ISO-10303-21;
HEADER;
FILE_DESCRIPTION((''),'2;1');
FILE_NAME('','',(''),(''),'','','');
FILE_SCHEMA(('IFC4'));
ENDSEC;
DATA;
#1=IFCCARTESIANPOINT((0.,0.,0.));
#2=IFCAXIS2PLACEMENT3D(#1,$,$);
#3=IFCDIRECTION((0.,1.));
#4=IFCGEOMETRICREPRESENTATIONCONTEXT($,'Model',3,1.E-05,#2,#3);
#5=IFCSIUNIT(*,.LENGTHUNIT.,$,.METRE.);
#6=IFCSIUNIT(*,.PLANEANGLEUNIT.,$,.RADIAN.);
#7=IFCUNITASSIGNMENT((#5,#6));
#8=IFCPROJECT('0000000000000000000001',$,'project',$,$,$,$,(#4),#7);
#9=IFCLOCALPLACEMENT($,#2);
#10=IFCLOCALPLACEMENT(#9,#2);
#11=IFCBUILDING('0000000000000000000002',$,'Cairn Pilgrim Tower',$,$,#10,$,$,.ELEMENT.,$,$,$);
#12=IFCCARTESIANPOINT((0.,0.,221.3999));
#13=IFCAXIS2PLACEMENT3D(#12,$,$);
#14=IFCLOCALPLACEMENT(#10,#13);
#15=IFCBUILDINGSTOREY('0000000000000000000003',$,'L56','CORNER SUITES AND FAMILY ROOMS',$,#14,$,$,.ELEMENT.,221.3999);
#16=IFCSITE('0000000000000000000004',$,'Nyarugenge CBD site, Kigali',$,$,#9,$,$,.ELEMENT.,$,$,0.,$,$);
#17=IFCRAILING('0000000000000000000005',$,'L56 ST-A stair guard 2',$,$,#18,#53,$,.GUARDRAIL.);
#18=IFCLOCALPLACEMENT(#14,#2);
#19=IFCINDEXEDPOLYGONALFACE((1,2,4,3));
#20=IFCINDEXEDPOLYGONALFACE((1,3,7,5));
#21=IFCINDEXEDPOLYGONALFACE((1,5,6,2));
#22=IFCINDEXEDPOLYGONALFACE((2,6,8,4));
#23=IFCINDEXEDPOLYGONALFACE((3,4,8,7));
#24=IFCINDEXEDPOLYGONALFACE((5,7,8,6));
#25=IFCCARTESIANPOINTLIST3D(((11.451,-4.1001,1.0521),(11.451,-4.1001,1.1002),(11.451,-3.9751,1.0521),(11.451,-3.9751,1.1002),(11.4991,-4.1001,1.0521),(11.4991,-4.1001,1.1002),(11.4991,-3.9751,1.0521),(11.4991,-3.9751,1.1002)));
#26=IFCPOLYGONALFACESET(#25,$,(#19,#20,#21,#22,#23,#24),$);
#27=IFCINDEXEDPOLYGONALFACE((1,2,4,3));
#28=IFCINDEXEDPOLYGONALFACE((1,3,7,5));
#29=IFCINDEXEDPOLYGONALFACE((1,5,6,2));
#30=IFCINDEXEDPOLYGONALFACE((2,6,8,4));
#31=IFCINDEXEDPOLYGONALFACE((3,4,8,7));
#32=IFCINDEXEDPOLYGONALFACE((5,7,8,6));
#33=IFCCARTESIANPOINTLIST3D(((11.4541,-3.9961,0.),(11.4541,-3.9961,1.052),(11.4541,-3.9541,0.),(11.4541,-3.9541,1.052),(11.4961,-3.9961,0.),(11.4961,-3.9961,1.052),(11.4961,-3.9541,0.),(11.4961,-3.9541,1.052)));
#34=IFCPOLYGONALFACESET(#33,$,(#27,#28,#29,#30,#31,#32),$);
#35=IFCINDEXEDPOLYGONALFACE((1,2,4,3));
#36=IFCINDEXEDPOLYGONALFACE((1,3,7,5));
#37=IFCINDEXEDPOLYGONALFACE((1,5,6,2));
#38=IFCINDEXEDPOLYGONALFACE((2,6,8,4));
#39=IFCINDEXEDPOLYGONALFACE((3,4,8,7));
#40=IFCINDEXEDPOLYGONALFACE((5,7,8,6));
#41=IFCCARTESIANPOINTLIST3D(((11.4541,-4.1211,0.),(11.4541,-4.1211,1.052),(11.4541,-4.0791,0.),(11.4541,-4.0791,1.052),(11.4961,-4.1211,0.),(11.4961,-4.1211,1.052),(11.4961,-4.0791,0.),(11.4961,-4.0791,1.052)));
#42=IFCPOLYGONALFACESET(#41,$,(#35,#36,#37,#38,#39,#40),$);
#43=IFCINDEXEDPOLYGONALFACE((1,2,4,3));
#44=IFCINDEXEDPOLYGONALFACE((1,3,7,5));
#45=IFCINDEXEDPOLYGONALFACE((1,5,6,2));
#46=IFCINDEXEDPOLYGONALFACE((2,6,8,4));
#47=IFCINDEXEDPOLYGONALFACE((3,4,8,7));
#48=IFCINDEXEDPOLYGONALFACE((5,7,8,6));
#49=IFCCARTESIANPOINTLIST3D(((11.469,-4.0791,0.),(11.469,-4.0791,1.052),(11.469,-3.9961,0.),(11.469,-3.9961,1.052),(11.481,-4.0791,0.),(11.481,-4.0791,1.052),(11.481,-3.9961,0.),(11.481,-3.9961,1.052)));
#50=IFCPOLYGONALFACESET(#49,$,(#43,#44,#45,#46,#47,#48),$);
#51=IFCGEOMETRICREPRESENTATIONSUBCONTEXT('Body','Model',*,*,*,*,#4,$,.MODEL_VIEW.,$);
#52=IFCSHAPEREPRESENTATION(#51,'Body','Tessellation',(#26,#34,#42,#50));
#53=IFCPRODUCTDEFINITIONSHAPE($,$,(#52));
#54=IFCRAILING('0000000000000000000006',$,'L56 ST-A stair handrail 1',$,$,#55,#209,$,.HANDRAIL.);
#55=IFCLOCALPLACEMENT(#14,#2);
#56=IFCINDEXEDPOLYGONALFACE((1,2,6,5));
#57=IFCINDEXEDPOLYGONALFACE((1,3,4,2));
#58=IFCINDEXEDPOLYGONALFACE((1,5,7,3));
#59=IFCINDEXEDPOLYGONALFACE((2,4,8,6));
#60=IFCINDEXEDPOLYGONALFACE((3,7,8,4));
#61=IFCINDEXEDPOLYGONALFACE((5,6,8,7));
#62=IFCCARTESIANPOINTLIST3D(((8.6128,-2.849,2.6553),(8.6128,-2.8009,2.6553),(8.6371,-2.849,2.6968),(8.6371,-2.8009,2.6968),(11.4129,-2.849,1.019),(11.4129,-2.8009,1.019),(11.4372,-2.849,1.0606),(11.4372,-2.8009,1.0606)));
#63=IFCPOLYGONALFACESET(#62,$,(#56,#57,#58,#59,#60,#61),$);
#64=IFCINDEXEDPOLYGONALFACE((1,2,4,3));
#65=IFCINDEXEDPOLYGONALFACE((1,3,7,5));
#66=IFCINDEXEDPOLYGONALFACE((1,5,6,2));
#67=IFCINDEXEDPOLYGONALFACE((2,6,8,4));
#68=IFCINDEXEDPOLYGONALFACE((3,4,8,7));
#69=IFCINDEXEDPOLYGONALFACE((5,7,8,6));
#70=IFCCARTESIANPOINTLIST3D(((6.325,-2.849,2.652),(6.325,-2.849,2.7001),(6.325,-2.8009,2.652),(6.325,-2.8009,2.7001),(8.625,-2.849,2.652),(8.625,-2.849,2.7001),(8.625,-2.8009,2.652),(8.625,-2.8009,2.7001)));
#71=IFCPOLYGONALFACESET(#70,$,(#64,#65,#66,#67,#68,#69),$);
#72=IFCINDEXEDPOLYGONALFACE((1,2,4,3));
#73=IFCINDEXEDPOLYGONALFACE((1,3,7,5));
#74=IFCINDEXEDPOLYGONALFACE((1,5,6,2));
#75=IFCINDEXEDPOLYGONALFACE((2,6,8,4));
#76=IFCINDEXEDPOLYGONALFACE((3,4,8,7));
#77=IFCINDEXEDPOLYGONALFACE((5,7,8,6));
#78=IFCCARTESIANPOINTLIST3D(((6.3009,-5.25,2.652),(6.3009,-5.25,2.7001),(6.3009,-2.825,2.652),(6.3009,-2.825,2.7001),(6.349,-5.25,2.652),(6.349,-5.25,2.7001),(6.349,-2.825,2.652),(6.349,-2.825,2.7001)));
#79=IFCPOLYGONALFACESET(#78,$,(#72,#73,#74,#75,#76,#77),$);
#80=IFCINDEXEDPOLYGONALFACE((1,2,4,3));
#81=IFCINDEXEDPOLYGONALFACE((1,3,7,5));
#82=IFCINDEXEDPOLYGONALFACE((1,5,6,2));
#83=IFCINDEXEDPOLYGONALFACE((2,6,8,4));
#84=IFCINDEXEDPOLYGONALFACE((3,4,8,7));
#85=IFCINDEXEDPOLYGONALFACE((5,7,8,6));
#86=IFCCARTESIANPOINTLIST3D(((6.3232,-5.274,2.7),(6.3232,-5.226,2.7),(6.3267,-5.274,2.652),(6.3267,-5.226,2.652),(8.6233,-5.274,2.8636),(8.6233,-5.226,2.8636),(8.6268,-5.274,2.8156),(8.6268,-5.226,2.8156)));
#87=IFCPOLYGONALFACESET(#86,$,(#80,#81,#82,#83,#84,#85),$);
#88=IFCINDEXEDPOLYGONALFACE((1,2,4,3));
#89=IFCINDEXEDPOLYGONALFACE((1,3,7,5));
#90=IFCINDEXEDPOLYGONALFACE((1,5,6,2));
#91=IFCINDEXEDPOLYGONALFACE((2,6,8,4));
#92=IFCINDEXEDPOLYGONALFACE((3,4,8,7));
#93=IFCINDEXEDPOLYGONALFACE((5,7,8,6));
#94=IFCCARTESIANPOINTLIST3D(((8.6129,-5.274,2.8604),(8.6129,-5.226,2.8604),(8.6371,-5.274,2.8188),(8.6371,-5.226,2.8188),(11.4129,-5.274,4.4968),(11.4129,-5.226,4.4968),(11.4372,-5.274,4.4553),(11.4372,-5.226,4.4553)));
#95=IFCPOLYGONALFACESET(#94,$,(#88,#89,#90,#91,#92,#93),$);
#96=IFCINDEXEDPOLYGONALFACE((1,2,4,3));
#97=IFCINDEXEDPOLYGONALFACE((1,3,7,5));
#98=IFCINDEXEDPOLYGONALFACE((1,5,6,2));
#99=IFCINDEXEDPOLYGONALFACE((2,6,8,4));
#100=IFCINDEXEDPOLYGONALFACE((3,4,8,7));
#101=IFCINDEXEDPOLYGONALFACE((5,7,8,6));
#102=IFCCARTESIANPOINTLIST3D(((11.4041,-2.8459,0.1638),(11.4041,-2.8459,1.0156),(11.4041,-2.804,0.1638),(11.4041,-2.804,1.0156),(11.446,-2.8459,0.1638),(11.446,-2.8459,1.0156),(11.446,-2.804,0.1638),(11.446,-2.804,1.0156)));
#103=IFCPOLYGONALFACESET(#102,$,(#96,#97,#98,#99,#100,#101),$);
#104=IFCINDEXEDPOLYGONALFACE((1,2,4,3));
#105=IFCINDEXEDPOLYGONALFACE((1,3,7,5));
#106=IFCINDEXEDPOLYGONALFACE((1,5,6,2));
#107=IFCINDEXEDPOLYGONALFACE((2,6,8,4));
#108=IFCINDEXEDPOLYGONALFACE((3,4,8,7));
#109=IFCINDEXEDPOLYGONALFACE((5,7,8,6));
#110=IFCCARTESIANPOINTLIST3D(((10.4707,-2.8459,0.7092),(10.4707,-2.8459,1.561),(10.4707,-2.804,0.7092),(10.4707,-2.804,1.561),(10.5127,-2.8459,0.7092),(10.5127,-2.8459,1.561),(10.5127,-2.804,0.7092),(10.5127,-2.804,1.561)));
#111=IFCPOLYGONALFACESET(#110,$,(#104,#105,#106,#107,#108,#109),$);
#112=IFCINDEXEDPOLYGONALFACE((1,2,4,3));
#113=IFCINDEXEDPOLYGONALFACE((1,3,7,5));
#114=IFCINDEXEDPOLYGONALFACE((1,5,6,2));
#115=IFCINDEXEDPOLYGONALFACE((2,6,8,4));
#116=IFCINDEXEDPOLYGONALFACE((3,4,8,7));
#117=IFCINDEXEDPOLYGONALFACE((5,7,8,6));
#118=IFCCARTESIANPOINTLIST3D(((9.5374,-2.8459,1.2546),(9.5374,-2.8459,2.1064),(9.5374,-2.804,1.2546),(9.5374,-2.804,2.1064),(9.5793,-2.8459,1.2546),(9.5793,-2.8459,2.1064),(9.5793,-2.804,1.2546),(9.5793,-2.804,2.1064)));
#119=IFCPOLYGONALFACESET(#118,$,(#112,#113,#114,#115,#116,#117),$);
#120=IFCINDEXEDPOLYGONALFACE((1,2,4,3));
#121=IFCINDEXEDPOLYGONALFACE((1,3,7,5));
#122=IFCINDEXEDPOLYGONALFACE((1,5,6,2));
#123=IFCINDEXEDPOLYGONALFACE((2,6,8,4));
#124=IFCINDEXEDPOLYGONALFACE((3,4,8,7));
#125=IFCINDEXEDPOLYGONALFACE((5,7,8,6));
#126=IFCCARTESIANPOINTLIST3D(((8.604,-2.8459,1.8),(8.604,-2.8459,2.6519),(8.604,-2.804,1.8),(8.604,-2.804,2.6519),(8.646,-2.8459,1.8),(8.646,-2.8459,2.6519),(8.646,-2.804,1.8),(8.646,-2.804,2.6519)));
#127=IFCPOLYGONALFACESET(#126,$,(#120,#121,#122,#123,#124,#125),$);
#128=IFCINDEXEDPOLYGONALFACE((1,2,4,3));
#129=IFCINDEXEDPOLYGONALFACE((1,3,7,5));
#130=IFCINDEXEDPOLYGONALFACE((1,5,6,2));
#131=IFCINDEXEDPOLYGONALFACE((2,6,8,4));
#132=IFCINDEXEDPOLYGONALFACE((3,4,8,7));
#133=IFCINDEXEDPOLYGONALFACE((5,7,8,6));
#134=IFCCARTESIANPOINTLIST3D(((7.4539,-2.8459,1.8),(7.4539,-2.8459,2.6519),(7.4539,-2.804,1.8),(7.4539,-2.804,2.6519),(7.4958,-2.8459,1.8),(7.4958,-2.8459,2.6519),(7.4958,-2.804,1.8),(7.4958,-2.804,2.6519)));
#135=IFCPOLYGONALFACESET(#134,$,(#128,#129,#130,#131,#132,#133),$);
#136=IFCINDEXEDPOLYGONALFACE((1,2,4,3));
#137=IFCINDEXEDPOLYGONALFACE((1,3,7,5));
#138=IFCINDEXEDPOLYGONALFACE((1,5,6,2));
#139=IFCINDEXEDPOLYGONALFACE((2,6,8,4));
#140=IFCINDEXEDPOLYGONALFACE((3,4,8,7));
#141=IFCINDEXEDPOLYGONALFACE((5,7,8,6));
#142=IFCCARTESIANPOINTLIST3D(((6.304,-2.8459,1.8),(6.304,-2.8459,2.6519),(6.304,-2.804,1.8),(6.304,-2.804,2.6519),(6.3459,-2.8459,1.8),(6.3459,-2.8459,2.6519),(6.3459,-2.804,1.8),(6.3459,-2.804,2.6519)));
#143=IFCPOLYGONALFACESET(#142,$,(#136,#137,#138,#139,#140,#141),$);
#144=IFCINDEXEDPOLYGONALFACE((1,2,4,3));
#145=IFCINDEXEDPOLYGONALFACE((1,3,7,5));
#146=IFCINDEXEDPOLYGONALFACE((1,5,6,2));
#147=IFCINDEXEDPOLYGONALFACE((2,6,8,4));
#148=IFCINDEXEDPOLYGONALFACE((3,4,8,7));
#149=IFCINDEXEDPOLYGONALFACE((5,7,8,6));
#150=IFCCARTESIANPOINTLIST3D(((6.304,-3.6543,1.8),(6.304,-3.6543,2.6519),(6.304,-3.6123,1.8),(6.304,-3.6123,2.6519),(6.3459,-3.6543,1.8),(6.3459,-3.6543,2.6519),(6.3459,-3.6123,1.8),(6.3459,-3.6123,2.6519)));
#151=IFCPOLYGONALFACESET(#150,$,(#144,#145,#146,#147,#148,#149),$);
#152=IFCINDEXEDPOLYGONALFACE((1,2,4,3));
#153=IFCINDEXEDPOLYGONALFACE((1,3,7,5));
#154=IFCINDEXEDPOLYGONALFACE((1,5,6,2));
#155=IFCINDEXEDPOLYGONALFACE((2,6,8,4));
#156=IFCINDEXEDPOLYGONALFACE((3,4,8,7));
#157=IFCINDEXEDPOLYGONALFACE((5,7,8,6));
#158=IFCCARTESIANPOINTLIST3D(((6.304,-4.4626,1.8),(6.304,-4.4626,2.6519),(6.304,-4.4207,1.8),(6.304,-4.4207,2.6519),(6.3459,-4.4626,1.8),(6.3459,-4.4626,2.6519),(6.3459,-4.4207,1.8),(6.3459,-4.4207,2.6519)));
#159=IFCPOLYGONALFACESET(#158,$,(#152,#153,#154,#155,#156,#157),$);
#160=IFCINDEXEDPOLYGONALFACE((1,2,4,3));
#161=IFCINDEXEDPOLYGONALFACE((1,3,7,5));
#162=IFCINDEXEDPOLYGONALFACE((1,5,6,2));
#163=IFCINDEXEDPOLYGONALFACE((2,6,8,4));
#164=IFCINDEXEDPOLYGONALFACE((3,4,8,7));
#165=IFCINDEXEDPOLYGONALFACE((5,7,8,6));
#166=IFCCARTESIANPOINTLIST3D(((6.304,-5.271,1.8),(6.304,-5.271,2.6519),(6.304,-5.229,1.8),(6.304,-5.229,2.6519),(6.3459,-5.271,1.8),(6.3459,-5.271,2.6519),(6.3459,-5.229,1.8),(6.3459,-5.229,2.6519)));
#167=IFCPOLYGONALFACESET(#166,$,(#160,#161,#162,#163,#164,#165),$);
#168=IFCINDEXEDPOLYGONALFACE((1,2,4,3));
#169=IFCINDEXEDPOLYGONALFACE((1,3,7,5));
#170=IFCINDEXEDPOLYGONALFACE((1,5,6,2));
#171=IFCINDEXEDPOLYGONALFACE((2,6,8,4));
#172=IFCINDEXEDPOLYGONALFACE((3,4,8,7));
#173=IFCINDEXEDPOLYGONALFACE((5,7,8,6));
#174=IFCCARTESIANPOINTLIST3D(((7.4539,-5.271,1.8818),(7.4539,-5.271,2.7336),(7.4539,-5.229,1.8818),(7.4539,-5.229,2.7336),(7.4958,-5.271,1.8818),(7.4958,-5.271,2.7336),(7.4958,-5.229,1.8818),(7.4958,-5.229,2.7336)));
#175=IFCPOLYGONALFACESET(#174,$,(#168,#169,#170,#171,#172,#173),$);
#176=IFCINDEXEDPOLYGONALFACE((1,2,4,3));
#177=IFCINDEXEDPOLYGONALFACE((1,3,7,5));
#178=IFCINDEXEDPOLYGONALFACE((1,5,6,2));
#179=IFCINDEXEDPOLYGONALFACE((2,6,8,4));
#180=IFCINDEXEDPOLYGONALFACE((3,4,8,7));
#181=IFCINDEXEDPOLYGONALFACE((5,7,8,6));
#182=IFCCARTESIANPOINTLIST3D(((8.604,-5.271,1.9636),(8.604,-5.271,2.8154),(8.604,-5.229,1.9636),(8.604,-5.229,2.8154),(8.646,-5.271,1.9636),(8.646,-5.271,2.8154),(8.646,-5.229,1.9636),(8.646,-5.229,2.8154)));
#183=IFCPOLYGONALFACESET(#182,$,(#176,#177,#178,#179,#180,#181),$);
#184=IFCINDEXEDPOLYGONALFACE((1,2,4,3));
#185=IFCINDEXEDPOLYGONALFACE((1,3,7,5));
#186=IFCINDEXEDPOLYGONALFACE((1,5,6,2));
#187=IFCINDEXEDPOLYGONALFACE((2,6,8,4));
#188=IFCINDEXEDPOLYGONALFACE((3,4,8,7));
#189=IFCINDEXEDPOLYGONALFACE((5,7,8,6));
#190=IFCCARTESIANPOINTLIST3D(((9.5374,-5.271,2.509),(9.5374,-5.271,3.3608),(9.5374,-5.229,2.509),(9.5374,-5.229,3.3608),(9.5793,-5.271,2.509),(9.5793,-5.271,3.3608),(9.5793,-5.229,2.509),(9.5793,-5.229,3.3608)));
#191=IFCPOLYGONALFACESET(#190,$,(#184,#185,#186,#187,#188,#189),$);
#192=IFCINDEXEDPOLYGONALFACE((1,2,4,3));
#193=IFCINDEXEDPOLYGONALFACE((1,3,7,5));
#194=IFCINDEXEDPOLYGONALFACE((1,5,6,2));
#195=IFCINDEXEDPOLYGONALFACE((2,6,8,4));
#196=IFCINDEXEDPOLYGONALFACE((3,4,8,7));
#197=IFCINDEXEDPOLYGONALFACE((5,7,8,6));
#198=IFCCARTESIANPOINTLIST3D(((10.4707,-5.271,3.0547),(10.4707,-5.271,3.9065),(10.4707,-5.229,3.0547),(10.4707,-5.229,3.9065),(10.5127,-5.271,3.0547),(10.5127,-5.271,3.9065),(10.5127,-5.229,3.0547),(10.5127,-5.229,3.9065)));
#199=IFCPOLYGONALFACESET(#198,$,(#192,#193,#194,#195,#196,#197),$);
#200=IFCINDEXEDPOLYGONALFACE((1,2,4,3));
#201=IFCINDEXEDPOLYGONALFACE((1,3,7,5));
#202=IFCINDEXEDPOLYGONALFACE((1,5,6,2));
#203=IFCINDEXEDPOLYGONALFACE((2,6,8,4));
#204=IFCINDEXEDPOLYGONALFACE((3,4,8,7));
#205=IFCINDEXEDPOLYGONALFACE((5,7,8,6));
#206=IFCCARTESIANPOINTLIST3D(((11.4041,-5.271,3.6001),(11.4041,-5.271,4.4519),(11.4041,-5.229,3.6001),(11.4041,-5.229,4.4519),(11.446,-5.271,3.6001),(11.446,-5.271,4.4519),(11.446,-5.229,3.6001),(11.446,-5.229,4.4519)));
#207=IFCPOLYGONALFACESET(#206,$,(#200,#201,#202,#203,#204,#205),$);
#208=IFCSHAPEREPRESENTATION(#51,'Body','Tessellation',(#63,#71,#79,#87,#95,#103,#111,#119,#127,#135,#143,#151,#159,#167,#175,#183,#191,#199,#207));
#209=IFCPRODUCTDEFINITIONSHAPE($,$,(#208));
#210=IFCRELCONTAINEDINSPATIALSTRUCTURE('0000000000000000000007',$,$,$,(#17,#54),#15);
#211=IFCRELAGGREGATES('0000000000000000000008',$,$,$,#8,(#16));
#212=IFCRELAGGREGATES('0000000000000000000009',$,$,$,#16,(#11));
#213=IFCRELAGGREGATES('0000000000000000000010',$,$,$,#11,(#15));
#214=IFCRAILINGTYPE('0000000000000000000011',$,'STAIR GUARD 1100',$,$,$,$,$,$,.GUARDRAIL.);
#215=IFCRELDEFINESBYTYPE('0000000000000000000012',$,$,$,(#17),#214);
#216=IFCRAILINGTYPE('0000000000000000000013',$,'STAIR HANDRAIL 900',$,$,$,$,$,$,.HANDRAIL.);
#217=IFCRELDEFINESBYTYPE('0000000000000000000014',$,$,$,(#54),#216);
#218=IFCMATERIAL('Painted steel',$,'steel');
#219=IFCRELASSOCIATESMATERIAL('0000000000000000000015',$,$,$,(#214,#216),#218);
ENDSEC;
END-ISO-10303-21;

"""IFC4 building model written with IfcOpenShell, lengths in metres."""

from ifc_helpers import new_model, si_unit, direction, frame, origin, origin_2d, place, context, subcontext, project, spatial, polyline, rectangle, outline, extrude, material, type_object, element, save


model = new_model("IFC4")

# Units and contexts
model_context = context("Model", 3, precision=1e-05, world=origin(), true_north=direction((0.0, 1.0)))
body_context = subcontext(model_context, "Body", "Model", "MODEL_VIEW")
ifc_project = project(units=[si_unit("LENGTHUNIT", "METRE"), si_unit("PLANEANGLEUNIT", "RADIAN")], contexts=[model_context])

# Site, building, storey
site_placement = place(None, origin())
site = spatial("IfcSite", under=ifc_project, at=site_placement, Name="Nyarugenge CBD site, Kigali", CompositionType="ELEMENT", RefElevation=0.0)
building_placement = place(site_placement, origin())
building = spatial("IfcBuilding", under=site, at=building_placement, Name="Cairn Pilgrim Tower", CompositionType="ELEMENT")
storey_placement = place(building_placement, frame((0.0, 0.0, 221.3999)))
storey = spatial("IfcBuildingStorey", under=building, at=storey_placement, Name="L56", Description="CORNER SUITES AND FAMILY ROOMS", CompositionType="ELEMENT", Elevation=221.3999)

# Shared definitions
ifc_material_1 = material(Name="Painted steel", Category="steel")

# Railings
railing_type_1 = type_object("IfcRailingType", Name="STAIR GUARD 1100", PredefinedType="GUARDRAIL", material=ifc_material_1)
railing_1_placement = place(storey_placement, frame((11.4751, -3.9751, 0.0)))
element("IfcRailing", 1, at=railing_1_placement, inside=storey, type_object=railing_type_1, Name="L56 ST-A stair guard 2", PredefinedType="GUARDRAIL", context=body_context, shape_type="SweptSolid", body=[
    extrude(rectangle(XDim=0.0481, YDim=0.0481, at=origin_2d()), frame((0.0, 0.0, 1.0762), z_axis=(0.0, -1.0, 0.0), x_axis=(1.0, 0.0, 0.0)), (0.0, 0.0, 1.0), 0.125),
    extrude(rectangle(XDim=0.042, YDim=0.042, at=origin_2d()), origin(), (0.0, 0.0, 1.0), 1.052),
    extrude(rectangle(XDim=0.042, YDim=0.042, at=origin_2d()), frame((0.0, -0.125, 0.0)), (0.0, 0.0, 1.0), 1.052),
    extrude(outline(polyline([(0.021, 0.0), (0.104, 0.0), (0.104, 1.052), (0.021, 1.052), (0.021, 0.0)])), frame((0.0059, 0.0, 0.0), z_axis=(-1.0, 0.0, 0.0), x_axis=(0.0, -1.0, 0.0)), (0.0, 0.0, 1.0), 0.012),
])
railing_type_2 = type_object("IfcRailingType", Name="STAIR HANDRAIL 900", PredefinedType="HANDRAIL", material=ifc_material_1)
railing_2_placement = place(storey_placement, frame((11.425, -2.825, 0.1638)))
element("IfcRailing", 2, at=railing_2_placement, inside=storey, type_object=railing_type_2, Name="L56 ST-A stair handrail 1", PredefinedType="HANDRAIL", context=body_context, shape_type="SweptSolid", body=[
    extrude(rectangle(XDim=0.0481, YDim=0.0481, at=origin_2d()), frame((0.0, 0.0, 0.876), z_axis=(-0.863394, 0.0, 0.504531), x_axis=(0.0, -1.0, 0.0)), (0.0, 0.0, 1.0), 3.2432),
    extrude(rectangle(XDim=0.0481, YDim=0.0481, at=origin_2d()), frame((-2.8, 0.0, 2.5122), z_axis=(-1.0, 0.0, 0.0), x_axis=(0.0, -1.0, 0.0)), (0.0, 0.0, 1.0), 2.3),
    extrude(rectangle(XDim=0.0481, YDim=0.0481, at=origin_2d()), frame((-5.1001, 0.0, 2.5122), z_axis=(0.0, -1.0, 0.0), x_axis=(1.0, 0.0, 0.0)), (0.0, 0.0, 1.0), 2.425),
    extrude(rectangle(XDim=0.0481, YDim=0.0481, at=origin_2d()), frame((-5.1001, -2.425, 2.5122), z_axis=(0.997481, 0.0, 0.070939), x_axis=(0.0, 1.0, 0.0)), (0.0, 0.0, 1.0), 2.3059),
    extrude(rectangle(XDim=0.0481, YDim=0.0481, at=origin_2d()), frame((-2.8, -2.425, 2.6758), z_axis=(0.863361, 0.0, 0.504587), x_axis=(0.0, 1.0, 0.0)), (0.0, 0.0, 1.0), 3.2432),
    extrude(rectangle(XDim=0.042, YDim=0.042, at=origin_2d()), origin(), (0.0, 0.0, 1.0), 0.8518),
    extrude(rectangle(XDim=0.042, YDim=0.042, at=origin_2d()), frame((-0.9333, 0.0, 0.5454)), (0.0, 0.0, 1.0), 0.8518),
    extrude(rectangle(XDim=0.042, YDim=0.042, at=origin_2d()), frame((-1.8667, 0.0, 1.0908)), (0.0, 0.0, 1.0), 0.8518),
    extrude(rectangle(XDim=0.042, YDim=0.042, at=origin_2d()), frame((-2.8, 0.0, 1.6362)), (0.0, 0.0, 1.0), 0.8518),
    extrude(rectangle(XDim=0.042, YDim=0.042, at=origin_2d()), frame((-3.9502, 0.0, 1.6362)), (0.0, 0.0, 1.0), 0.8518),
    extrude(rectangle(XDim=0.042, YDim=0.042, at=origin_2d()), frame((-5.1001, 0.0, 1.6362)), (0.0, 0.0, 1.0), 0.8518),
    extrude(rectangle(XDim=0.042, YDim=0.042, at=origin_2d()), frame((-5.1001, -0.8083, 1.6362)), (0.0, 0.0, 1.0), 0.8518),
    extrude(rectangle(XDim=0.042, YDim=0.042, at=origin_2d()), frame((-5.1001, -1.6167, 1.6362)), (0.0, 0.0, 1.0), 0.8518),
    extrude(rectangle(XDim=0.042, YDim=0.042, at=origin_2d()), frame((-5.1001, -2.425, 1.6362)), (0.0, 0.0, 1.0), 0.8518),
    extrude(rectangle(XDim=0.042, YDim=0.042, at=origin_2d()), frame((-3.9502, -2.425, 1.718)), (0.0, 0.0, 1.0), 0.8518),
    extrude(rectangle(XDim=0.042, YDim=0.042, at=origin_2d()), frame((-2.8, -2.425, 1.7998)), (0.0, 0.0, 1.0), 0.8518),
    extrude(rectangle(XDim=0.042, YDim=0.042, at=origin_2d()), frame((-1.8667, -2.425, 2.3452)), (0.0, 0.0, 1.0), 0.8518),
    extrude(rectangle(XDim=0.042, YDim=0.042, at=origin_2d()), frame((-0.9333, -2.425, 2.8909)), (0.0, 0.0, 1.0), 0.8518),
    extrude(rectangle(XDim=0.042, YDim=0.042, at=origin_2d()), frame((0.0, -2.425, 3.4363)), (0.0, 0.0, 1.0), 0.8518),
])

save(model, "model.ifc")
